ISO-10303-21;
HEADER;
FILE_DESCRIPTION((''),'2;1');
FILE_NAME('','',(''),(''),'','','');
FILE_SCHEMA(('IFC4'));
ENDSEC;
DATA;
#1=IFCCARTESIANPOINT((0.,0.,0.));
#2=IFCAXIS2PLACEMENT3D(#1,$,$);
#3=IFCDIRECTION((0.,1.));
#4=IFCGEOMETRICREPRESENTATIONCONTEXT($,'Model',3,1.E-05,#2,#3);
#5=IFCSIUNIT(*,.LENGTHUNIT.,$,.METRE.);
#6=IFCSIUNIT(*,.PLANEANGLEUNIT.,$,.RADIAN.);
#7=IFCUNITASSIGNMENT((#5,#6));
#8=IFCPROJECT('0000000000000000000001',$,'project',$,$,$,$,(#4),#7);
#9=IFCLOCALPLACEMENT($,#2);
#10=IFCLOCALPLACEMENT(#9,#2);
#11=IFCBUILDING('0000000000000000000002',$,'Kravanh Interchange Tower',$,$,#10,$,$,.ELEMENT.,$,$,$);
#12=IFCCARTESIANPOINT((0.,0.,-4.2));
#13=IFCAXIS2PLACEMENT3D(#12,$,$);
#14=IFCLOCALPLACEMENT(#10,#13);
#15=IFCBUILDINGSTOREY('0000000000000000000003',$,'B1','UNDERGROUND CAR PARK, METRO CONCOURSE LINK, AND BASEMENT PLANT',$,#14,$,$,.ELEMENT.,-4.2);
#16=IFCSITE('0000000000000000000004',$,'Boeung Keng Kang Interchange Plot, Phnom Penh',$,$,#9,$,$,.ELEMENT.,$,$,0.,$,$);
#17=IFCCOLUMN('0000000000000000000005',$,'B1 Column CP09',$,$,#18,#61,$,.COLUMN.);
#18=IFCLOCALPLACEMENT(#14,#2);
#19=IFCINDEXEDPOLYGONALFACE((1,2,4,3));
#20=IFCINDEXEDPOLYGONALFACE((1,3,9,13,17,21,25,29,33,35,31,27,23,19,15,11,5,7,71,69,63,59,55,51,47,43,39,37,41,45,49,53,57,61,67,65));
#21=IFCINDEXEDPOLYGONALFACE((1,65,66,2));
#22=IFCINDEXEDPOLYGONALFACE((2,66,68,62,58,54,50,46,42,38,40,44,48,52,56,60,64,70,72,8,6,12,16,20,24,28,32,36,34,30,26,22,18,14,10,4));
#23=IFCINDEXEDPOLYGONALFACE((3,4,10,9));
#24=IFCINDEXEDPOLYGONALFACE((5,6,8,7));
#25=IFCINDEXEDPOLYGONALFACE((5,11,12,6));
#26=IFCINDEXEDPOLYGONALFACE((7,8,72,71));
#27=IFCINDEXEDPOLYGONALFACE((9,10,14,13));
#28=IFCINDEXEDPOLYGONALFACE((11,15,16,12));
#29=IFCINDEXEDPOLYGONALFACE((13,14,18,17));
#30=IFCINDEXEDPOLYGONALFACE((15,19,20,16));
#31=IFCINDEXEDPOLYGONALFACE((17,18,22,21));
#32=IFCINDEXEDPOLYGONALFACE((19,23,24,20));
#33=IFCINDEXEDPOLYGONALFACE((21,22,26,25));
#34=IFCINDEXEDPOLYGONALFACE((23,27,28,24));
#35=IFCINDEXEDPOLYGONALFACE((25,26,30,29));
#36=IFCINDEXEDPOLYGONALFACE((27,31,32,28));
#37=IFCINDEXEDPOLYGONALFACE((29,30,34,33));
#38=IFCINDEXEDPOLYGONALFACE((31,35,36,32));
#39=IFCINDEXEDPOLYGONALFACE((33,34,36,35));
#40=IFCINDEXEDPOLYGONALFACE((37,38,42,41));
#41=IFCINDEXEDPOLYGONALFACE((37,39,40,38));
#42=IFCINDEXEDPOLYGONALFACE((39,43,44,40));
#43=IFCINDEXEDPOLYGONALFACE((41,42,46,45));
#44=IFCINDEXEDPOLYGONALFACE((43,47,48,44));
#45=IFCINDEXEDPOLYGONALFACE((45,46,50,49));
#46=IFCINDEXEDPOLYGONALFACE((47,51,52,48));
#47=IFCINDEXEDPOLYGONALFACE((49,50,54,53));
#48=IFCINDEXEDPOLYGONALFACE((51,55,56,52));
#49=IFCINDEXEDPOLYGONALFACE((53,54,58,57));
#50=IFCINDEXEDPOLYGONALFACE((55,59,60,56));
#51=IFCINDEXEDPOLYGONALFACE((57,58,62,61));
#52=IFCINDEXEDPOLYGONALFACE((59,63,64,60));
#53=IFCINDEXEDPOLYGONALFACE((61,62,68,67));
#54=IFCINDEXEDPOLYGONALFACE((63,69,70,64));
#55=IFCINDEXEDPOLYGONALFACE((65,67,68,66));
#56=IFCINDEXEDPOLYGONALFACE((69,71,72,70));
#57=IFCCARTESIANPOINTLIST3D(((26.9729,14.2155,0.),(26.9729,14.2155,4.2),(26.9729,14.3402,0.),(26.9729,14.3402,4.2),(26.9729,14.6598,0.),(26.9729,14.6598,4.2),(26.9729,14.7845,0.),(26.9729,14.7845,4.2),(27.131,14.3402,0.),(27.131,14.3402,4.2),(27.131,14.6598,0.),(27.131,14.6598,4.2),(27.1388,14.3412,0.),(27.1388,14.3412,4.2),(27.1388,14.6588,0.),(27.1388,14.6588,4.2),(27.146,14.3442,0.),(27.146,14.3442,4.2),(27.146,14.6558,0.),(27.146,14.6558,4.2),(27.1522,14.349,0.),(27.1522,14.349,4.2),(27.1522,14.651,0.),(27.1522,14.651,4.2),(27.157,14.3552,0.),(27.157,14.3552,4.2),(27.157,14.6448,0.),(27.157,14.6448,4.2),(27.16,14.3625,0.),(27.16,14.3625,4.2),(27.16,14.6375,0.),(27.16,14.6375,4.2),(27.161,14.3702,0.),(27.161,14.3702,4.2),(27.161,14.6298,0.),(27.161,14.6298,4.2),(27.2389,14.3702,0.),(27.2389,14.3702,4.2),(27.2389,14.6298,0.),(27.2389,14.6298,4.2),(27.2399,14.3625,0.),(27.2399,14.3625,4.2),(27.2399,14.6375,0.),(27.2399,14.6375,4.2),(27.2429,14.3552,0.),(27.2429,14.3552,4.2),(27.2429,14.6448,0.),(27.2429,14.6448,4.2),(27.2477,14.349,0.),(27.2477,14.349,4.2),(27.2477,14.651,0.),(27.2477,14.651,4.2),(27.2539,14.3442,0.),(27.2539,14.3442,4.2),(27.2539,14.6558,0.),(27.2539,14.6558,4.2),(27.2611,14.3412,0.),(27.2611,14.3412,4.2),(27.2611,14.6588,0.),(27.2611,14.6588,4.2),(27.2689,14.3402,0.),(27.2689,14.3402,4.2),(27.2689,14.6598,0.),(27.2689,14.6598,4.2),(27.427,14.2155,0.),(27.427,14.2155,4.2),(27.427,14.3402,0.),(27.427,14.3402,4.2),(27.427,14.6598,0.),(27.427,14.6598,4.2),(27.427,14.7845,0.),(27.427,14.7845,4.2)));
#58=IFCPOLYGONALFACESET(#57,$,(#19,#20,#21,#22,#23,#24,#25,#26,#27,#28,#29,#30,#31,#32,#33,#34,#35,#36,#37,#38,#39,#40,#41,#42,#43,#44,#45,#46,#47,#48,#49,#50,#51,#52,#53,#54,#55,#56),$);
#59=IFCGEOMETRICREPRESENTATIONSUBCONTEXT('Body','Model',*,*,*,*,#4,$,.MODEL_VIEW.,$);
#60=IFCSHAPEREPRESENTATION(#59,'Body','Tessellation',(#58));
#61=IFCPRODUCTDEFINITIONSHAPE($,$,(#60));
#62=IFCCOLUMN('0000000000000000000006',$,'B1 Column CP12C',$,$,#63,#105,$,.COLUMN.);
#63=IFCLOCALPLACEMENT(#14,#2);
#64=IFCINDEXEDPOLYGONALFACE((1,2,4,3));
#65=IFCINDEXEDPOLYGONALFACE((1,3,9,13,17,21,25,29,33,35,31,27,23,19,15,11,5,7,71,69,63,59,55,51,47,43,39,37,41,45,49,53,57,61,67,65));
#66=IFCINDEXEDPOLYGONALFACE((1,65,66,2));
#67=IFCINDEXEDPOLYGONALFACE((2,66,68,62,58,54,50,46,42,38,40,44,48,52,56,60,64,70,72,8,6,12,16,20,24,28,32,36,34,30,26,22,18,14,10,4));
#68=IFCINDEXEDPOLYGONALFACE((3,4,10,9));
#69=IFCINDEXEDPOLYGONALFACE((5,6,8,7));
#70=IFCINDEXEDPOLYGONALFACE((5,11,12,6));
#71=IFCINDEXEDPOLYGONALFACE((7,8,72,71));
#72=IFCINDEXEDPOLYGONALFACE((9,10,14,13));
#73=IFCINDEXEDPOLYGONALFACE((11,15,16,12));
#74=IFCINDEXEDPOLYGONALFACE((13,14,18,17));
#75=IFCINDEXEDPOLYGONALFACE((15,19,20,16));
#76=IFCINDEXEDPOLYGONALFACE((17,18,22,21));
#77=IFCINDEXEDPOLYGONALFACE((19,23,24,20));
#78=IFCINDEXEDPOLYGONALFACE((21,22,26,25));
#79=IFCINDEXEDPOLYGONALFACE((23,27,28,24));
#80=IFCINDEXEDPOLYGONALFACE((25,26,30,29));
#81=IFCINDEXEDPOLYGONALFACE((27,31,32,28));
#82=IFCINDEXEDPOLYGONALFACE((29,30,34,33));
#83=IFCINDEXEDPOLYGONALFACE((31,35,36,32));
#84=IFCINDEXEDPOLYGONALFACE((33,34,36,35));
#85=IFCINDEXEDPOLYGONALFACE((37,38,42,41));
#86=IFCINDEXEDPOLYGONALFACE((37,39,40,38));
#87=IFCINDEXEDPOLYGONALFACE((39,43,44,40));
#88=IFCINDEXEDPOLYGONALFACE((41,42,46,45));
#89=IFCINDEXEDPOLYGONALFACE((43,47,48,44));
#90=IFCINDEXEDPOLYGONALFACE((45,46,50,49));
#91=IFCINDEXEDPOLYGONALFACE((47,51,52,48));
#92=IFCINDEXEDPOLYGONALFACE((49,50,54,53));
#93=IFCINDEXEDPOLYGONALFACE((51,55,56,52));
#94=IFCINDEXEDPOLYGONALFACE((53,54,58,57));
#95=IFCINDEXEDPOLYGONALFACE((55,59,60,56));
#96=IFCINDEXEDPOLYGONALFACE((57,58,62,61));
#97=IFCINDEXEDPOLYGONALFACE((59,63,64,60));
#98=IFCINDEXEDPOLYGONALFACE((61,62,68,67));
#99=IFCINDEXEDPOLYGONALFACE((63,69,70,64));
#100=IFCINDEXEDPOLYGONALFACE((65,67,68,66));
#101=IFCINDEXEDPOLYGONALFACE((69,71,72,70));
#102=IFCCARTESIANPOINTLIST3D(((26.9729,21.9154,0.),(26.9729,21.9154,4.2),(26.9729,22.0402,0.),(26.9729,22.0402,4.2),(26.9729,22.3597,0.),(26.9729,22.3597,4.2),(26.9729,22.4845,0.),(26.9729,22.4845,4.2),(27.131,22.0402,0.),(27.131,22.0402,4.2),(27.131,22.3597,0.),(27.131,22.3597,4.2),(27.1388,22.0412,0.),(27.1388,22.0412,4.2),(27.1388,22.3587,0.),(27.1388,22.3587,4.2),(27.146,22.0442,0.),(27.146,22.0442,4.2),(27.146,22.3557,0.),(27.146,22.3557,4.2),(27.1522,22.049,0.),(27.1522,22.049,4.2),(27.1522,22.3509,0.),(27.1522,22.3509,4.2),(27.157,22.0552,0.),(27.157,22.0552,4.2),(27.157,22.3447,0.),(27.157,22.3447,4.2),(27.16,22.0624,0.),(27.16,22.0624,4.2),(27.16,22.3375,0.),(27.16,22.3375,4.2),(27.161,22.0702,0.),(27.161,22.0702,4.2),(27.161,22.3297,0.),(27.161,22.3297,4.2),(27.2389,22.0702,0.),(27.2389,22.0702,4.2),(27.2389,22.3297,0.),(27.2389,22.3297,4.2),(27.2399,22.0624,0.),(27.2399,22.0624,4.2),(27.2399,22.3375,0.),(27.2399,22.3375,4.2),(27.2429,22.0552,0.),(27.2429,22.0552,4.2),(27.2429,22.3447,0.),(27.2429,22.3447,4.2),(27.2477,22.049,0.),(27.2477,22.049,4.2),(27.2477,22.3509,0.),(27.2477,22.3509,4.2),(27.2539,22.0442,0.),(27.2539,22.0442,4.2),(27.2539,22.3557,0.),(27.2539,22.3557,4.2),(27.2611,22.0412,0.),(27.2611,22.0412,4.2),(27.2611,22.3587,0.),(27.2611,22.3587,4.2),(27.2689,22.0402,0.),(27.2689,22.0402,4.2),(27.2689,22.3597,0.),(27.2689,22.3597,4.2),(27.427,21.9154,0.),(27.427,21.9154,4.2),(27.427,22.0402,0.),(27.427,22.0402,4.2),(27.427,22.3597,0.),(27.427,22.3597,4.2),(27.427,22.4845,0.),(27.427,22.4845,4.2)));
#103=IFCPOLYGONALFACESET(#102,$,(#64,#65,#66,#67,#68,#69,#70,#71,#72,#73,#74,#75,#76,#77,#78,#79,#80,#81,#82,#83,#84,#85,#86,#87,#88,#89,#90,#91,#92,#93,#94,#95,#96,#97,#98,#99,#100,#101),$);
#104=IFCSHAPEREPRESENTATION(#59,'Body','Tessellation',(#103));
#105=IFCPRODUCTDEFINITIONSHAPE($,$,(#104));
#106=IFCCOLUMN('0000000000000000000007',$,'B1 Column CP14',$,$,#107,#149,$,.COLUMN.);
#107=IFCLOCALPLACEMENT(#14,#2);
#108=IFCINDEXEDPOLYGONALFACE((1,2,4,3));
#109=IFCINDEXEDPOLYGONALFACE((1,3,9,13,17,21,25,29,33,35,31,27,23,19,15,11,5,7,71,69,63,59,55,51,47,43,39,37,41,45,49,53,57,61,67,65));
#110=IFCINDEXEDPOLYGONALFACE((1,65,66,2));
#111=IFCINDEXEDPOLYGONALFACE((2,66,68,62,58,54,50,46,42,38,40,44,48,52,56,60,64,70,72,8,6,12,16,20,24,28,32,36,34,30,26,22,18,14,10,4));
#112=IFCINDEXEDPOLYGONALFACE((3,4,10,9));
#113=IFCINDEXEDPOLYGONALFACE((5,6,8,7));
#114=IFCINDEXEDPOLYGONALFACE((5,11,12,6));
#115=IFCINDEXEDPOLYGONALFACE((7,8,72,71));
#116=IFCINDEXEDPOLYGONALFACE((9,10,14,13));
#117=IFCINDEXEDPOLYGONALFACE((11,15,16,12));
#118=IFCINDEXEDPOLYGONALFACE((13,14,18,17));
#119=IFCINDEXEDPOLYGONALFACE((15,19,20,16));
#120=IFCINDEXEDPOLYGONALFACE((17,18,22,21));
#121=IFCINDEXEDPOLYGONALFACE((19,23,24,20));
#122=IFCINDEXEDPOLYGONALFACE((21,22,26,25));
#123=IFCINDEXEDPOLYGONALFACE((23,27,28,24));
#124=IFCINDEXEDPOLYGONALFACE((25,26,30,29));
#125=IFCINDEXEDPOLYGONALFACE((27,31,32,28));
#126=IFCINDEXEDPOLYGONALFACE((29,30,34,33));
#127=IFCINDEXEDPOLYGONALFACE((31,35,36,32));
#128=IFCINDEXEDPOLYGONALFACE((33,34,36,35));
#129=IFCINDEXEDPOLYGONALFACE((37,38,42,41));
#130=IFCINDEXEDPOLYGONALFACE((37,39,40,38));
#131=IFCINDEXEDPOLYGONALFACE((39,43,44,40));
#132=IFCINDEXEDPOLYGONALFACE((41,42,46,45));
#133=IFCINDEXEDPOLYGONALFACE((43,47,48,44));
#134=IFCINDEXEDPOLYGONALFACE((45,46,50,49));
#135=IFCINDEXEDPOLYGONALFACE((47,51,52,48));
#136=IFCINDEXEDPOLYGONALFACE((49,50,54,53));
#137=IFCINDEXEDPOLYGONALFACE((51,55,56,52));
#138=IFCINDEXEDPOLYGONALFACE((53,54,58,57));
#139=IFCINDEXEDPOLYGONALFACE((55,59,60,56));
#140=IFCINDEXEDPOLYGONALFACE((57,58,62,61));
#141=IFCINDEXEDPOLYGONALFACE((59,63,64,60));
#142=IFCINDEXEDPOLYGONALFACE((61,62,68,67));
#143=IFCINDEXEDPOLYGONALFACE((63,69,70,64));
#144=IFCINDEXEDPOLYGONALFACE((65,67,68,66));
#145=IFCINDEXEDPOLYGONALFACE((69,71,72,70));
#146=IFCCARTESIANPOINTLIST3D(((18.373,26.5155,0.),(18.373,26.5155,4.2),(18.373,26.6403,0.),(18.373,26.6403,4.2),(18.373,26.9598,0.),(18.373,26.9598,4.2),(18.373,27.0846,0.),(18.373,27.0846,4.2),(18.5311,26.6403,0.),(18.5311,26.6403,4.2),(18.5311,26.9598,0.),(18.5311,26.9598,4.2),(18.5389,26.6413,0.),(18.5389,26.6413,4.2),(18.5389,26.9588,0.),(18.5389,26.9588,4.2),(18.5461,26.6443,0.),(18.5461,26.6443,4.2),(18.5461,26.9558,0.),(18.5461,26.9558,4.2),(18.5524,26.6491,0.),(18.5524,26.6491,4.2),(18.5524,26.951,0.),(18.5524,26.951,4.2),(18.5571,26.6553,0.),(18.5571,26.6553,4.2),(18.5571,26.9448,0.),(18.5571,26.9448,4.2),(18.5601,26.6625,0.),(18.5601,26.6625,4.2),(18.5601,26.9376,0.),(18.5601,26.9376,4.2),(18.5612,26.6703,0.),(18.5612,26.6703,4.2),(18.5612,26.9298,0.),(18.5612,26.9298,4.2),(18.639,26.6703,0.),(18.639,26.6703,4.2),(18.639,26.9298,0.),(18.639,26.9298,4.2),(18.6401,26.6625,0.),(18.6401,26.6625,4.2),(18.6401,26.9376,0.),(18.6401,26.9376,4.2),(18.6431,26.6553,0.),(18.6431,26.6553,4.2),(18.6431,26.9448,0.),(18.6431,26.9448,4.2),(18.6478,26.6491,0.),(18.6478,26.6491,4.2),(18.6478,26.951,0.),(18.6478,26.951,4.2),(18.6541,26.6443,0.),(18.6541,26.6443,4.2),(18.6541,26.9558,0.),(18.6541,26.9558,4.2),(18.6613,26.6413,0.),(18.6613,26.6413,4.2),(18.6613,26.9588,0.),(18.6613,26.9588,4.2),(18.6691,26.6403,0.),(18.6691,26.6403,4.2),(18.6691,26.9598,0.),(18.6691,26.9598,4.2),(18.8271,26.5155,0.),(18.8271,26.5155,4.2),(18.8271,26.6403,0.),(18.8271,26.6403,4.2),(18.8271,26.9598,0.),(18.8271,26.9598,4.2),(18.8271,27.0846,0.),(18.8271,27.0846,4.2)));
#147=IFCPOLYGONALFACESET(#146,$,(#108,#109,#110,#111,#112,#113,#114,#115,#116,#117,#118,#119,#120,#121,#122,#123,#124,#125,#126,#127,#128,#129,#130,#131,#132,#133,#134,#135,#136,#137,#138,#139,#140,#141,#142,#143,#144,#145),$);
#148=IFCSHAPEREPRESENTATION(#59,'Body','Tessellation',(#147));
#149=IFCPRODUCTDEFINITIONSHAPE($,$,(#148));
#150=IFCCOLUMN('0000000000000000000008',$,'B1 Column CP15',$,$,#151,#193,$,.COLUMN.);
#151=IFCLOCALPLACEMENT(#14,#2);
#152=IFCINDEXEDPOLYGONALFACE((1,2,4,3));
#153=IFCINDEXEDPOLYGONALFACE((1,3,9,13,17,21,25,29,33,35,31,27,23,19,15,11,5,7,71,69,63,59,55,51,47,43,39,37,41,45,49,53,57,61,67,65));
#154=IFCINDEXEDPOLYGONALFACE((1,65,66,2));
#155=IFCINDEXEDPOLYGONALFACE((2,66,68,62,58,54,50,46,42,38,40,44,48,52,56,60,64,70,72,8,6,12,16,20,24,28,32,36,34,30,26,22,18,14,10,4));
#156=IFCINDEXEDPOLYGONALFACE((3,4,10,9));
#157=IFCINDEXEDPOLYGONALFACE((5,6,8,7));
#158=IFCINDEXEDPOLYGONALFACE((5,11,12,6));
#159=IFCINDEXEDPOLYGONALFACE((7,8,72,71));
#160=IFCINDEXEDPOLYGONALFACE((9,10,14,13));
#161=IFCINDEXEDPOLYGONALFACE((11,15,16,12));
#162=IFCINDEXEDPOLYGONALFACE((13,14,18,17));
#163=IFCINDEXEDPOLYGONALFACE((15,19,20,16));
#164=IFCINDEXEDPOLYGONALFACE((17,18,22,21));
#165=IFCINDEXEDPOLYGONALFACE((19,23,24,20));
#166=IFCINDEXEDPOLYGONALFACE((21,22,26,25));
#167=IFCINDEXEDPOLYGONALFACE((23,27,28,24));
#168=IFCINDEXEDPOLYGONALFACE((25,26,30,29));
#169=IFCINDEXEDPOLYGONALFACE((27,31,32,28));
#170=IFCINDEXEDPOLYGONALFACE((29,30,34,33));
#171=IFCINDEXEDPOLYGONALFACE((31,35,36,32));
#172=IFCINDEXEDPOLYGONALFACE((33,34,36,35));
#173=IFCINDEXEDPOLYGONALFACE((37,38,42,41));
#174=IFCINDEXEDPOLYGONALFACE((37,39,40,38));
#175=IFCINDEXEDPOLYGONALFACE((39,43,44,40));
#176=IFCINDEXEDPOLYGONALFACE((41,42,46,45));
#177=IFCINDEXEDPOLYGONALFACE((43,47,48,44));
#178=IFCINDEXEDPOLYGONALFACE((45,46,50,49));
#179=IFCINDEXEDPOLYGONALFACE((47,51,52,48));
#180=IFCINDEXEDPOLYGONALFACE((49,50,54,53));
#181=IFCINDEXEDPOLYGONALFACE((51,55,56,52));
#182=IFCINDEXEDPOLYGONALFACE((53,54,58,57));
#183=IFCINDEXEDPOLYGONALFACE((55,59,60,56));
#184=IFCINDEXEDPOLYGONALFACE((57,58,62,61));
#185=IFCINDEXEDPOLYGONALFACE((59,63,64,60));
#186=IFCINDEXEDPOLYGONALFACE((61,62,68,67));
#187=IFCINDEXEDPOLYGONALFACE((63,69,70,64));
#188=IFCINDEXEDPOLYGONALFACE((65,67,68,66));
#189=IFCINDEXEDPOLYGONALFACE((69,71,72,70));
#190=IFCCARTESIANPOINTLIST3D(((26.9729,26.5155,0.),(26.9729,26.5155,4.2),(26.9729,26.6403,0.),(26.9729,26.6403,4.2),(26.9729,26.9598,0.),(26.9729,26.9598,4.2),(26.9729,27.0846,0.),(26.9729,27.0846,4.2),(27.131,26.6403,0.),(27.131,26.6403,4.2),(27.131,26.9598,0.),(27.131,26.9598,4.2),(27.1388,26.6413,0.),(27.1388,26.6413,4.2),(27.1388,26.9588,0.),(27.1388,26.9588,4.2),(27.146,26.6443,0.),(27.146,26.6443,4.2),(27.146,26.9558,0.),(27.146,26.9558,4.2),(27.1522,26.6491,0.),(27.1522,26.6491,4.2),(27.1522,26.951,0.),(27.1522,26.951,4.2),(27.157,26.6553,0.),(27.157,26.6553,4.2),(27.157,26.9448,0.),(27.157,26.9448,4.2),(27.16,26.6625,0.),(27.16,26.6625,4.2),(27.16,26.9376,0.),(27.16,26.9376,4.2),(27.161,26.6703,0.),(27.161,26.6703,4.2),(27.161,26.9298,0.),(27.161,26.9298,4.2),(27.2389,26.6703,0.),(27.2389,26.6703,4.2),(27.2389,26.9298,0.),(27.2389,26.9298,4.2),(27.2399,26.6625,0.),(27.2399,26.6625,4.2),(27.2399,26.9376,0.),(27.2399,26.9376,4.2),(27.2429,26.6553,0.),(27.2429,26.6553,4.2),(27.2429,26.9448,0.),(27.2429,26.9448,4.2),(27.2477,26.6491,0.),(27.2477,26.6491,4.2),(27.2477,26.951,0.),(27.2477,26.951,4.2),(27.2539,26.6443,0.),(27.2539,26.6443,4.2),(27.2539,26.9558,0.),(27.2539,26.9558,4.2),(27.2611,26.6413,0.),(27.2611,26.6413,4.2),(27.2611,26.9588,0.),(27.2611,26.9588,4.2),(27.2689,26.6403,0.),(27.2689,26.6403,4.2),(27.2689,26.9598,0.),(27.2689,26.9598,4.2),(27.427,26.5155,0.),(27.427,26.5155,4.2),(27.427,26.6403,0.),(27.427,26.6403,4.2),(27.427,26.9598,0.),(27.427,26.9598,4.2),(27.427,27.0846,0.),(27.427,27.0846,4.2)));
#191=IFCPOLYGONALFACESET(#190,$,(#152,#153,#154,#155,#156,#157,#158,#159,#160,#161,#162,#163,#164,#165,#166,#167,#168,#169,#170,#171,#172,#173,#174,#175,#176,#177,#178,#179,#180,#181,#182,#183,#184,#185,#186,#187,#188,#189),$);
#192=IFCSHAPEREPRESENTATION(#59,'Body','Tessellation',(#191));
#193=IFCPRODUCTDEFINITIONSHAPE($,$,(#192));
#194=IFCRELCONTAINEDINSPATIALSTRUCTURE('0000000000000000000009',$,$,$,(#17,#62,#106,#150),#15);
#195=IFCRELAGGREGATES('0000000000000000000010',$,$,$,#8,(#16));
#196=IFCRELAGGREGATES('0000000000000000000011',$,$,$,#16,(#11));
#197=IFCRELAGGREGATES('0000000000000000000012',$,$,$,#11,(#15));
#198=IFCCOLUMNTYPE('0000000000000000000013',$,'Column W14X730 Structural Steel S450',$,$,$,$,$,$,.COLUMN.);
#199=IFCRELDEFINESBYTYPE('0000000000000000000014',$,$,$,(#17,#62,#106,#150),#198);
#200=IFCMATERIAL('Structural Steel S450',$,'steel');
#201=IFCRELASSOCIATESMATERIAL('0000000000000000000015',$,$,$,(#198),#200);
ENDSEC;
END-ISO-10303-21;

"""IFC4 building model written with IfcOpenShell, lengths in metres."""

from ifc_helpers import new_model, si_unit, direction, frame, origin, origin_2d, place, context, subcontext, project, spatial, i_section, extrude, material, material_profile, profile_set, type_object, element, save


model = new_model("IFC4")

# Units and contexts
model_context = context("Model", 3, precision=1e-05, world=origin(), true_north=direction((0.0, 1.0)))
body_context = subcontext(model_context, "Body", "Model", "MODEL_VIEW")
ifc_project = project(units=[si_unit("LENGTHUNIT", "METRE"), si_unit("PLANEANGLEUNIT", "RADIAN")], contexts=[model_context])

# Site, building, storey
site_placement = place(None, origin())
site = spatial("IfcSite", under=ifc_project, at=site_placement, Name="Boeung Keng Kang Interchange Plot, Phnom Penh", CompositionType="ELEMENT", RefElevation=0.0)
building_placement = place(site_placement, origin())
building = spatial("IfcBuilding", under=site, at=building_placement, Name="Kravanh Interchange Tower", CompositionType="ELEMENT")
storey_placement = place(building_placement, frame((0.0, 0.0, -4.2)))
storey = spatial("IfcBuildingStorey", under=building, at=storey_placement, Name="B1", Description="UNDERGROUND CAR PARK, METRO CONCOURSE LINK, AND BASEMENT PLANT", CompositionType="ELEMENT", Elevation=-4.2)

# Columns
ifc_material_1 = material(Name="Structural Steel S450", Category="steel")
ifc_material_profile_1 = material_profile(ifc_material_1, i_section(OverallWidth=0.4541, OverallDepth=0.5691, WebThickness=0.0779, FlangeThickness=0.1248, FilletRadius=0.03, at=origin_2d()), Name="W14X730")
ifc_profile_set_1 = profile_set([ifc_material_profile_1], Name="Structural Steel S450")
column_type = type_object("IfcColumnType", Name="Column W14X730 Structural Steel S450", PredefinedType="COLUMN", material=ifc_profile_set_1)
for number, where, z_axis, x_axis, name in (
    (1, (27.2, 14.5, 0.0), (0.0, 0.0, 1.0), (1.0, 0.0, 0.0), "B1 Column CP09"),
    (2, (27.2, 22.2, 0.0), (0.0, 0.0, 1.0), (1.0, 0.0, 0.0), "B1 Column CP12C"),
    (3, (18.6001, 26.8, 0.0), (0.0, 0.0, 1.0), (1.0, 0.0, 0.0), "B1 Column CP14"),
    (4, (27.2, 26.8, 0.0), (0.0, 0.0, 1.0), (1.0, 0.0, 0.0), "B1 Column CP15"),
):
    element("IfcColumn", number, at=place(storey_placement, frame(where, z_axis=z_axis, x_axis=x_axis)), inside=storey, type_object=column_type, Name=name, PredefinedType="COLUMN", context=body_context, shape_type="SweptSolid", body=[
        extrude(i_section(OverallWidth=0.4541, OverallDepth=0.5691, WebThickness=0.0779, FlangeThickness=0.1248, FilletRadius=0.03, at=origin_2d()), origin(), (0.0, 0.0, 1.0), 4.2),
    ])

save(model, "model.ifc")
